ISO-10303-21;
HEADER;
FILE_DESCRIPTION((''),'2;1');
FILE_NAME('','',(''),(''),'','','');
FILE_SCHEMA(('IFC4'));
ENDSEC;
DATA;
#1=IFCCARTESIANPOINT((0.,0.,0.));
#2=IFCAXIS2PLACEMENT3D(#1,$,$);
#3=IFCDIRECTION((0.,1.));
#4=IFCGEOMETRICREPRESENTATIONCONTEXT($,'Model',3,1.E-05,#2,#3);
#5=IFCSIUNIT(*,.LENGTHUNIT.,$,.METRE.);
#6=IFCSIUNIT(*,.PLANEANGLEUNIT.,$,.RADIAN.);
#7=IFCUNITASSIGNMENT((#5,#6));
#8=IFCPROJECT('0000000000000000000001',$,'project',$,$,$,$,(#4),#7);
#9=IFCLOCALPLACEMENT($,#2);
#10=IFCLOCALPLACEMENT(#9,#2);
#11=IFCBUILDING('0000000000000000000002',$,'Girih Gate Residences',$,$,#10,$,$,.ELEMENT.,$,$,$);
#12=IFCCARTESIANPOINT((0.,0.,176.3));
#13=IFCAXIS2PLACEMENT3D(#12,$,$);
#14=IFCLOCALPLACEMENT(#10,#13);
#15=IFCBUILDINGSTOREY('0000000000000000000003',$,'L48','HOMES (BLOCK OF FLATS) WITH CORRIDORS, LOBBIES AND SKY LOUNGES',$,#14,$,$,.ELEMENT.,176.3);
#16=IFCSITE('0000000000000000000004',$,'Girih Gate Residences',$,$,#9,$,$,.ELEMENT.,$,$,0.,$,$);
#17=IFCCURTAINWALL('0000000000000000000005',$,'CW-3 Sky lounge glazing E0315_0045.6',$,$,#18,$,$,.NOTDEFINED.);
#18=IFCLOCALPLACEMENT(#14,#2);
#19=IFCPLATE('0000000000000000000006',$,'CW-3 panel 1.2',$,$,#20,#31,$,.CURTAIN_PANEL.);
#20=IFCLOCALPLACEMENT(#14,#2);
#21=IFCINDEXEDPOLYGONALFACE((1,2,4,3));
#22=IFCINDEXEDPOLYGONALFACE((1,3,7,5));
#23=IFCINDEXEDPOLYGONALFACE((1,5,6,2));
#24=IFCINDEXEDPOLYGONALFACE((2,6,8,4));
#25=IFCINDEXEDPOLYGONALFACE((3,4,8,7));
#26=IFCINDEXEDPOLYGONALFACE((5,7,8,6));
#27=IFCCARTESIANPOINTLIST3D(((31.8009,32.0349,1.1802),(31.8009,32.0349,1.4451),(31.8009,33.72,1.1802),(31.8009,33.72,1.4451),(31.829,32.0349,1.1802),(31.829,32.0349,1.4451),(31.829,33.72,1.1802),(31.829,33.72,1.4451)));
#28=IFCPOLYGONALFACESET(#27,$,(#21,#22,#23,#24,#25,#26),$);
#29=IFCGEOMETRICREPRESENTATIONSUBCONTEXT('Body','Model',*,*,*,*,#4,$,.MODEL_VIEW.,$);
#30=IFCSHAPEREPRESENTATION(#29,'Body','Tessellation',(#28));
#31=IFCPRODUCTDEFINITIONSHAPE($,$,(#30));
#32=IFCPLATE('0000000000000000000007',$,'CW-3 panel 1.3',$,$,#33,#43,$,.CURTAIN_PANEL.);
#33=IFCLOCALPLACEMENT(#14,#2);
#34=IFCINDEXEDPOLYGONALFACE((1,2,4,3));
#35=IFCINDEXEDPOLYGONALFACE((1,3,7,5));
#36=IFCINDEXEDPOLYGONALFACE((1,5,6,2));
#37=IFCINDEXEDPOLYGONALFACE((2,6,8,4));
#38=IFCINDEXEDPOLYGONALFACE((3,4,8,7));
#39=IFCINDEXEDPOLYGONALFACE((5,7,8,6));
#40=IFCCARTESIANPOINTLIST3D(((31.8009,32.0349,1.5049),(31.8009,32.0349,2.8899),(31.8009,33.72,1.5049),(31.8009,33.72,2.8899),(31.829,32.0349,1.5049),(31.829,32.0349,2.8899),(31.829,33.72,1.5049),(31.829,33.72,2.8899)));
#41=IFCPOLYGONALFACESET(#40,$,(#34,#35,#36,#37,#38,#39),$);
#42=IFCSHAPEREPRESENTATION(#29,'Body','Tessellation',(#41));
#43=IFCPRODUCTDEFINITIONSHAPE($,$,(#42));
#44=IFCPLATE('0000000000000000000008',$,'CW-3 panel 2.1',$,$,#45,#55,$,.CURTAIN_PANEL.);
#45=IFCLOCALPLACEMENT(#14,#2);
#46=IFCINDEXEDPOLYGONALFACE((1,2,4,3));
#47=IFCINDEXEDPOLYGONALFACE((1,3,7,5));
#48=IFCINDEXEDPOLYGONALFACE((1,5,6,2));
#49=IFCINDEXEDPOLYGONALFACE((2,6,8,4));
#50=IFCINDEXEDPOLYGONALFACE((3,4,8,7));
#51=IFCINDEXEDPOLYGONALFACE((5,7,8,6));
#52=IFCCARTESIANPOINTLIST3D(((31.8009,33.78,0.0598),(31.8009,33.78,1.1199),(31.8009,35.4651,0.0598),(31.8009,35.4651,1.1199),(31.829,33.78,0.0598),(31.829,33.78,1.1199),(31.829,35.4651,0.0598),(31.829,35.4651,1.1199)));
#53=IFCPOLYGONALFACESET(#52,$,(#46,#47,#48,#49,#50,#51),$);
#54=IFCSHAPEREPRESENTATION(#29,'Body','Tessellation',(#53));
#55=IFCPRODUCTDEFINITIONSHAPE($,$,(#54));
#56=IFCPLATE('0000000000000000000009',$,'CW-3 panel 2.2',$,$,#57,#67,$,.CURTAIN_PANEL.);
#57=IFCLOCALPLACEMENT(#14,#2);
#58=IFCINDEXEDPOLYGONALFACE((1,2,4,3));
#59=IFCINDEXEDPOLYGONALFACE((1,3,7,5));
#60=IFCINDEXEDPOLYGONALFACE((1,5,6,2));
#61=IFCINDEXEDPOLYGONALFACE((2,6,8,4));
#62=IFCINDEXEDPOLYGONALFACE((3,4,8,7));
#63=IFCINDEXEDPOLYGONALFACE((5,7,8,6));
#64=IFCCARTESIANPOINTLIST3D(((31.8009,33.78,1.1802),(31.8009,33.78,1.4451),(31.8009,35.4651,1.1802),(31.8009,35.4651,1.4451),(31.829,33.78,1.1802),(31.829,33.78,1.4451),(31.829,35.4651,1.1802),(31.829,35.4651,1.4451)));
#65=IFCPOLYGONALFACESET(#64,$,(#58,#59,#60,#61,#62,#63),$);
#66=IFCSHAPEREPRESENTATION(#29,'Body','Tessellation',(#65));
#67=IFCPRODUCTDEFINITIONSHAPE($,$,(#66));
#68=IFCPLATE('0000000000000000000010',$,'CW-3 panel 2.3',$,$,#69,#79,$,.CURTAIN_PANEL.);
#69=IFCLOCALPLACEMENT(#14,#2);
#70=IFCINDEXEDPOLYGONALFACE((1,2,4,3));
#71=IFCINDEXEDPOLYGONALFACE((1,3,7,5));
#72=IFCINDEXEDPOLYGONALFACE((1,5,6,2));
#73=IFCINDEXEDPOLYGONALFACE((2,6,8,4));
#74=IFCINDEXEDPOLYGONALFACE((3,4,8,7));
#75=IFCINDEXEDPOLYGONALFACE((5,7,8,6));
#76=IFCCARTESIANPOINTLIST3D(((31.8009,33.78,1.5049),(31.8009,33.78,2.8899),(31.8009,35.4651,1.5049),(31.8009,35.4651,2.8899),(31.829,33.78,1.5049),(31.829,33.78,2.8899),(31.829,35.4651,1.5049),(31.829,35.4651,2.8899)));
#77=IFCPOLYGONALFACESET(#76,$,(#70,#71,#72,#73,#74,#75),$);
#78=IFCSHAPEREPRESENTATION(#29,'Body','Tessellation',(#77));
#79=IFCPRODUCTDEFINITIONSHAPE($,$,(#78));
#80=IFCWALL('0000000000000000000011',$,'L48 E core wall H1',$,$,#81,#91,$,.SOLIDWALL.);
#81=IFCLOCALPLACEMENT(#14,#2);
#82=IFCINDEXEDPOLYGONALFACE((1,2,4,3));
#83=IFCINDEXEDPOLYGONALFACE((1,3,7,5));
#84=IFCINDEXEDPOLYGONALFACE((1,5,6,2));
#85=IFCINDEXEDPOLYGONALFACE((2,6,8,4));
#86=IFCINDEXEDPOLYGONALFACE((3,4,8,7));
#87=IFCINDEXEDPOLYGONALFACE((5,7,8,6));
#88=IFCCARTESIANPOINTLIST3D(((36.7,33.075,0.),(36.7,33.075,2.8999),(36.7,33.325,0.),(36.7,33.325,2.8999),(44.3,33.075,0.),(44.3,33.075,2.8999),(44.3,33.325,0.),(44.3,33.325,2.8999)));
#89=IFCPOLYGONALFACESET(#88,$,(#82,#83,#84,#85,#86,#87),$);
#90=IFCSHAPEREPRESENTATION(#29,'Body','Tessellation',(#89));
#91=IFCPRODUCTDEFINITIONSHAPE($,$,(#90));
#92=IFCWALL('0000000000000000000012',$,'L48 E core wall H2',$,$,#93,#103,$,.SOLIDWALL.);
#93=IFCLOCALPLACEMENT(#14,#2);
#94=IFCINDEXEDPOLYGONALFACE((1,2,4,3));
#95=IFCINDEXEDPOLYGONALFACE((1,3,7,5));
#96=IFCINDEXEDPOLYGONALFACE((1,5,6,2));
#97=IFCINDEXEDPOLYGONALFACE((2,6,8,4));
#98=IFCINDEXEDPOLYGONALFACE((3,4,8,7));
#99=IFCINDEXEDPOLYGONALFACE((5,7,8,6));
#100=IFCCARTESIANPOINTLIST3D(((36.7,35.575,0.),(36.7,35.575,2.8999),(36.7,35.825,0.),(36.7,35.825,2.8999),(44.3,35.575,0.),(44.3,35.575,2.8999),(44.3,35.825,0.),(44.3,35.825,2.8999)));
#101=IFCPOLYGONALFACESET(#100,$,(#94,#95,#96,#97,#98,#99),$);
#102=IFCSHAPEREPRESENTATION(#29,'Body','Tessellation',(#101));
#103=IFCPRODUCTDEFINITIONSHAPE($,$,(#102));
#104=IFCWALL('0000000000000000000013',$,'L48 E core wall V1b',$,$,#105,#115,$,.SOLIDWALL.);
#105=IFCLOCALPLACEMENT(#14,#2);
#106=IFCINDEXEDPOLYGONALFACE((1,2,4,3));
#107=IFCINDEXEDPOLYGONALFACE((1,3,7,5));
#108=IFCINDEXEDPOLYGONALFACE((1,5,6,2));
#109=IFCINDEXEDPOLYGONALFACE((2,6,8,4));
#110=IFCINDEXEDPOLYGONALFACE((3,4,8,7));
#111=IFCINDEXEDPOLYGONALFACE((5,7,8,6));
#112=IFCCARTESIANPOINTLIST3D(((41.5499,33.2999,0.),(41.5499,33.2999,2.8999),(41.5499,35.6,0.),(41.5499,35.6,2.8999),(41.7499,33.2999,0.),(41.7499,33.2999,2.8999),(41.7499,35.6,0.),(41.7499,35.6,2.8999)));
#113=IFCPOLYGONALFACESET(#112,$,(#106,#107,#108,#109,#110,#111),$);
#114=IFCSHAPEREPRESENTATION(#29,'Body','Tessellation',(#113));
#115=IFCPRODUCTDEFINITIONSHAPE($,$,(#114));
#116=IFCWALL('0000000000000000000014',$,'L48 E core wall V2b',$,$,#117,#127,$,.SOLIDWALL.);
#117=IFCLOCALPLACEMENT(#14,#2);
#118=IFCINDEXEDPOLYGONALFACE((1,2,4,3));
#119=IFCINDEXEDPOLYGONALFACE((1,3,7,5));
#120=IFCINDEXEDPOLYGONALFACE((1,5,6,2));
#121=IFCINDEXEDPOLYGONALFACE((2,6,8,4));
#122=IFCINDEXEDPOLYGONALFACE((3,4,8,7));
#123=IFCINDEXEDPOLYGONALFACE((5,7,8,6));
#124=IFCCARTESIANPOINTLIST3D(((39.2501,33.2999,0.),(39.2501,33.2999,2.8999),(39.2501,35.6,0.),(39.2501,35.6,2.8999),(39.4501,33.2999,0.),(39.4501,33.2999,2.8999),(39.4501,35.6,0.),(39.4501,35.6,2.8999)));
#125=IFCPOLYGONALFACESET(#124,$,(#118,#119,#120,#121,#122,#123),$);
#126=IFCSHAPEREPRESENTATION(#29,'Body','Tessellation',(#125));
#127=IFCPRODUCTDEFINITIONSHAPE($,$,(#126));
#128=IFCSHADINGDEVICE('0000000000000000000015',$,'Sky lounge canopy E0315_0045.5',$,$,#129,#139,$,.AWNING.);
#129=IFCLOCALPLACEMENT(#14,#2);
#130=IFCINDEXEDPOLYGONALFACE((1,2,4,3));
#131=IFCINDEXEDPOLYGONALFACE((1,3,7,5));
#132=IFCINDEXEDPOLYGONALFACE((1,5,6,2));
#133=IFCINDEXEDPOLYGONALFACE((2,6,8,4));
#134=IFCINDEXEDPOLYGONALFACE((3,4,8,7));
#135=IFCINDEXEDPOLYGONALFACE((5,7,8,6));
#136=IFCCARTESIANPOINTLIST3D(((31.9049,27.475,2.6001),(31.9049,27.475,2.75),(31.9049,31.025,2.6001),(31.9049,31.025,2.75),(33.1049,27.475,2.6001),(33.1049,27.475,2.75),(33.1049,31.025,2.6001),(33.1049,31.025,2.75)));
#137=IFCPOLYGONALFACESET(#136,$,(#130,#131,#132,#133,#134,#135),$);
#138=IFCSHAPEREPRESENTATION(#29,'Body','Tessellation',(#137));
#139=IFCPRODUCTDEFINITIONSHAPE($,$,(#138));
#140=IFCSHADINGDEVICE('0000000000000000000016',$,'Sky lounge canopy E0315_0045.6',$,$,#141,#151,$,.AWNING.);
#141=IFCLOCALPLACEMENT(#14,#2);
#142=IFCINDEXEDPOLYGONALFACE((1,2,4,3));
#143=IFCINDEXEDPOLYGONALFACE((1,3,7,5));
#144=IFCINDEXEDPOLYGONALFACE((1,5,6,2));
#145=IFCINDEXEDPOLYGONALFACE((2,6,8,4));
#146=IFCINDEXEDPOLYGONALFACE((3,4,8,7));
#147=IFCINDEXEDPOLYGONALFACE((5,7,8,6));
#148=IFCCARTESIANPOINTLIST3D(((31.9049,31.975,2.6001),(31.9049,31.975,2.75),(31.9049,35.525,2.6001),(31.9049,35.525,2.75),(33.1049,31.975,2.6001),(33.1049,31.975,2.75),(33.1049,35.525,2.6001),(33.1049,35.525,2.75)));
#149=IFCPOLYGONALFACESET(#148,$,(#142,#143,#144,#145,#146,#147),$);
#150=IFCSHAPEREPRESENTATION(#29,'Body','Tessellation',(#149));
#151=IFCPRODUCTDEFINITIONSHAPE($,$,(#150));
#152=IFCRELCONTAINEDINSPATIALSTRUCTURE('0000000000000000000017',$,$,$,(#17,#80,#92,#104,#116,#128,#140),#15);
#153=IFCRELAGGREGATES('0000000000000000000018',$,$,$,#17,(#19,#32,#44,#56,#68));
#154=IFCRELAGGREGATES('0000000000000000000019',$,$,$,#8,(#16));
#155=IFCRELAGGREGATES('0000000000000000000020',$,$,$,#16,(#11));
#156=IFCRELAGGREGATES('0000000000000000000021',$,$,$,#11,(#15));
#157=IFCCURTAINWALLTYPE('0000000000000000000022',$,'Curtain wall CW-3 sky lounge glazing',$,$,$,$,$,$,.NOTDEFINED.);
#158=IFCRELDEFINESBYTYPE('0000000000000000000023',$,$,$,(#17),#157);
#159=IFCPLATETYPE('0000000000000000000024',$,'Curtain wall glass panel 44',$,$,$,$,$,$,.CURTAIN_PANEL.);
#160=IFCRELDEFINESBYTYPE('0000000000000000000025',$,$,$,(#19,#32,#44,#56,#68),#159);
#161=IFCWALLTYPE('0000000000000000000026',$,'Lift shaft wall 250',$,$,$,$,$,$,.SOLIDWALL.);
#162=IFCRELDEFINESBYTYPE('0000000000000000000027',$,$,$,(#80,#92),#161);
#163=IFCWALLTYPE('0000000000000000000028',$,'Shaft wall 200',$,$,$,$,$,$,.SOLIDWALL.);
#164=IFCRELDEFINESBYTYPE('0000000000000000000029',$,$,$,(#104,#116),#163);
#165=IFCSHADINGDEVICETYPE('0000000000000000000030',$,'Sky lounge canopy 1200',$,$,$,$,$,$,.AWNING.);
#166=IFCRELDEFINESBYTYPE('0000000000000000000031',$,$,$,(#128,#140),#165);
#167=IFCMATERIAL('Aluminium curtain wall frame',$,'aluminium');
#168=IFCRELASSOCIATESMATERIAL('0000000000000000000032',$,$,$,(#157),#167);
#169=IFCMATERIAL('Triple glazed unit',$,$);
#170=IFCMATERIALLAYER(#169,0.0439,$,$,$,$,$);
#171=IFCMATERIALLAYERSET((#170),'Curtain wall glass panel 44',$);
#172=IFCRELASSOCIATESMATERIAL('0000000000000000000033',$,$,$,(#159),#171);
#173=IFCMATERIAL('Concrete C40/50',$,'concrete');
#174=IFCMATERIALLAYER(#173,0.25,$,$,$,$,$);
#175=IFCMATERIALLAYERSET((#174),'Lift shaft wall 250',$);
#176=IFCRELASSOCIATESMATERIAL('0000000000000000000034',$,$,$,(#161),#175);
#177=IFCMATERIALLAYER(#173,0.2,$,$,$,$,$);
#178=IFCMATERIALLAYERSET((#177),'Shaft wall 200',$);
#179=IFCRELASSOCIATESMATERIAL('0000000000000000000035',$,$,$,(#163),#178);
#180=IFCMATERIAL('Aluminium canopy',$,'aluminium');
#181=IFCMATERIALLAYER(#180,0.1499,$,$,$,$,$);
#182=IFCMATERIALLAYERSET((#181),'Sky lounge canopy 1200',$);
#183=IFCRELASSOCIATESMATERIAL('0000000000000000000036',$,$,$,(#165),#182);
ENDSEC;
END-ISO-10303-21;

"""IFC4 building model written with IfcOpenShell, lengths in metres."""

from ifc_helpers import new_model, si_unit, direction, frame, frame_2d, origin, origin_2d, place, context, subcontext, project, spatial, rectangle, extrude, material, layer, layer_set, type_object, element, aggregate, save


model = new_model("IFC4")

# Units and contexts
model_context = context("Model", 3, precision=1e-05, world=origin(), true_north=direction((0.0, 1.0)))
body_context = subcontext(model_context, "Body", "Model", "MODEL_VIEW")
ifc_project = project(units=[si_unit("LENGTHUNIT", "METRE"), si_unit("PLANEANGLEUNIT", "RADIAN")], contexts=[model_context])

# Site, building, storey
site_placement = place(None, origin())
site = spatial("IfcSite", under=ifc_project, at=site_placement, Name="Girih Gate Residences", CompositionType="ELEMENT", RefElevation=0.0)
building_placement = place(site_placement, origin())
building = spatial("IfcBuilding", under=site, at=building_placement, Name="Girih Gate Residences", CompositionType="ELEMENT")
storey_placement = place(building_placement, frame((0.0, 0.0, 176.3)))
storey = spatial("IfcBuildingStorey", under=building, at=storey_placement, Name="L48", Description="HOMES (BLOCK OF FLATS) WITH CORRIDORS, LOBBIES AND SKY LOUNGES", CompositionType="ELEMENT", Elevation=176.3)

# Curtain wall
ifc_material_1 = material(Name="Aluminium curtain wall frame", Category="aluminium")
curtain_wall_type = type_object("IfcCurtainWallType", Name="Curtain wall CW-3 sky lounge glazing", PredefinedType="NOTDEFINED", material=ifc_material_1)
curtain_wall_1_placement = place(storey_placement, origin())
curtain_wall_1 = element("IfcCurtainWall", 1, at=curtain_wall_1_placement, inside=storey, type_object=curtain_wall_type, Name="CW-3 Sky lounge glazing E0315_0045.6", PredefinedType="NOTDEFINED")

# Plates
ifc_material_2 = material(Name="Triple glazed unit")
ifc_layer_1 = layer(ifc_material_2, 0.0439)
ifc_layer_set_1 = layer_set([ifc_layer_1], Name="Curtain wall glass panel 44")
plate_type = type_object("IfcPlateType", Name="Curtain wall glass panel 44", PredefinedType="CURTAIN_PANEL", material=ifc_layer_set_1)
plate_1_placement = place(storey_placement, frame((31.8149, 32.8774, 1.1802), z_axis=(0.0, 0.0, 1.0), x_axis=(0.0, 1.0, 0.0)))
plate_1 = element("IfcPlate", 2, at=plate_1_placement, type_object=plate_type, Name="CW-3 panel 1.2", PredefinedType="CURTAIN_PANEL", context=body_context, shape_type="SweptSolid", body=[
    extrude(rectangle(XDim=1.6851, YDim=0.0281, at=origin_2d()), origin(), (0.0, 0.0, 1.0), 0.2649),
])
plate_2_placement = place(storey_placement, frame((31.8149, 32.8774, 1.5049), z_axis=(0.0, 0.0, 1.0), x_axis=(0.0, 1.0, 0.0)))
plate_2 = element("IfcPlate", 3, at=plate_2_placement, type_object=plate_type, Name="CW-3 panel 1.3", PredefinedType="CURTAIN_PANEL", context=body_context, shape_type="SweptSolid", body=[
    extrude(rectangle(XDim=1.6851, YDim=0.0281, at=origin_2d()), origin(), (0.0, 0.0, 1.0), 1.385),
])
plate_3_placement = place(storey_placement, frame((31.8149, 34.6226, 0.0598), z_axis=(0.0, 0.0, 1.0), x_axis=(0.0, 1.0, 0.0)))
plate_3 = element("IfcPlate", 4, at=plate_3_placement, type_object=plate_type, Name="CW-3 panel 2.1", PredefinedType="CURTAIN_PANEL", context=body_context, shape_type="SweptSolid", body=[
    extrude(rectangle(XDim=1.6851, YDim=0.0281, at=origin_2d()), origin(), (0.0, 0.0, 1.0), 1.0601),
])
plate_4_placement = place(storey_placement, frame((31.8149, 34.6226, 1.1802), z_axis=(0.0, 0.0, 1.0), x_axis=(0.0, 1.0, 0.0)))
plate_4 = element("IfcPlate", 5, at=plate_4_placement, type_object=plate_type, Name="CW-3 panel 2.2", PredefinedType="CURTAIN_PANEL", context=body_context, shape_type="SweptSolid", body=[
    extrude(rectangle(XDim=1.6851, YDim=0.0281, at=origin_2d()), origin(), (0.0, 0.0, 1.0), 0.2649),
])
plate_5_placement = place(storey_placement, frame((31.8149, 34.6226, 1.5049), z_axis=(0.0, 0.0, 1.0), x_axis=(0.0, 1.0, 0.0)))
plate_5 = element("IfcPlate", 6, at=plate_5_placement, type_object=plate_type, Name="CW-3 panel 2.3", PredefinedType="CURTAIN_PANEL", context=body_context, shape_type="SweptSolid", body=[
    extrude(rectangle(XDim=1.6851, YDim=0.0281, at=origin_2d()), origin(), (0.0, 0.0, 1.0), 1.385),
])
aggregate(curtain_wall_1, [plate_1, plate_2, plate_3, plate_4, plate_5])

# Walls
ifc_material_3 = material(Name="Concrete C40/50", Category="concrete")
ifc_layer_2 = layer(ifc_material_3, 0.25)
ifc_layer_set_2 = layer_set([ifc_layer_2], Name="Lift shaft wall 250")
wall_type_1 = type_object("IfcWallType", Name="Lift shaft wall 250", PredefinedType="SOLIDWALL", material=ifc_layer_set_2)
for number, where, z_axis, x_axis, name in (
    (7, (36.7, 33.2, 0.0), (0.0, 0.0, 1.0), (1.0, 0.0, 0.0), "L48 E core wall H1"),
    (8, (36.7, 35.7, 0.0), (0.0, 0.0, 1.0), (1.0, 0.0, 0.0), "L48 E core wall H2"),
):
    element("IfcWall", number, at=place(storey_placement, frame(where, z_axis=z_axis, x_axis=x_axis)), inside=storey, type_object=wall_type_1, Name=name, PredefinedType="SOLIDWALL", context=body_context, shape_type="SweptSolid", body=[
        extrude(rectangle(XDim=7.6001, YDim=0.25, at=frame_2d((3.8, 0.0))), origin(), (0.0, 0.0, 1.0), 2.8999),
    ])
ifc_layer_3 = layer(ifc_material_3, 0.2)
ifc_layer_set_3 = layer_set([ifc_layer_3], Name="Shaft wall 200")
wall_type_2 = type_object("IfcWallType", Name="Shaft wall 200", PredefinedType="SOLIDWALL", material=ifc_layer_set_3)
for number, where, z_axis, x_axis, name in (
    (9, (41.6499, 33.3, 0.0), (0.0, 0.0, 1.0), (0.0, 1.0, 0.0), "L48 E core wall V1b"),
    (10, (39.3501, 33.3, 0.0), (0.0, 0.0, 1.0), (0.0, 1.0, 0.0), "L48 E core wall V2b"),
):
    element("IfcWall", number, at=place(storey_placement, frame(where, z_axis=z_axis, x_axis=x_axis)), inside=storey, type_object=wall_type_2, Name=name, PredefinedType="SOLIDWALL", context=body_context, shape_type="SweptSolid", body=[
        extrude(rectangle(XDim=2.3, YDim=0.2, at=frame_2d((1.1499, 0.0))), origin(), (0.0, 0.0, 1.0), 2.8999),
    ])

# Shading devices
ifc_material_4 = material(Name="Aluminium canopy", Category="aluminium")
ifc_layer_4 = layer(ifc_material_4, 0.1499)
ifc_layer_set_4 = layer_set([ifc_layer_4], Name="Sky lounge canopy 1200")
shading_device_type = type_object("IfcShadingDeviceType", Name="Sky lounge canopy 1200", PredefinedType="AWNING", material=ifc_layer_set_4)
for number, where, z_axis, x_axis, name in (
    (11, (32.5049, 29.25, 2.6001), (0.0, 0.0, 1.0), (0.0, 1.0, 0.0), "Sky lounge canopy E0315_0045.5"),
    (12, (32.5049, 33.75, 2.6001), (0.0, 0.0, 1.0), (0.0, 1.0, 0.0), "Sky lounge canopy E0315_0045.6"),
):
    element("IfcShadingDevice", number, at=place(storey_placement, frame(where, z_axis=z_axis, x_axis=x_axis)), inside=storey, type_object=shading_device_type, Name=name, PredefinedType="AWNING", context=body_context, shape_type="SweptSolid", body=[
        extrude(rectangle(XDim=3.55, YDim=1.2, at=origin_2d()), origin(), (0.0, 0.0, 1.0), 0.1499),
    ])

save(model, "model.ifc")
